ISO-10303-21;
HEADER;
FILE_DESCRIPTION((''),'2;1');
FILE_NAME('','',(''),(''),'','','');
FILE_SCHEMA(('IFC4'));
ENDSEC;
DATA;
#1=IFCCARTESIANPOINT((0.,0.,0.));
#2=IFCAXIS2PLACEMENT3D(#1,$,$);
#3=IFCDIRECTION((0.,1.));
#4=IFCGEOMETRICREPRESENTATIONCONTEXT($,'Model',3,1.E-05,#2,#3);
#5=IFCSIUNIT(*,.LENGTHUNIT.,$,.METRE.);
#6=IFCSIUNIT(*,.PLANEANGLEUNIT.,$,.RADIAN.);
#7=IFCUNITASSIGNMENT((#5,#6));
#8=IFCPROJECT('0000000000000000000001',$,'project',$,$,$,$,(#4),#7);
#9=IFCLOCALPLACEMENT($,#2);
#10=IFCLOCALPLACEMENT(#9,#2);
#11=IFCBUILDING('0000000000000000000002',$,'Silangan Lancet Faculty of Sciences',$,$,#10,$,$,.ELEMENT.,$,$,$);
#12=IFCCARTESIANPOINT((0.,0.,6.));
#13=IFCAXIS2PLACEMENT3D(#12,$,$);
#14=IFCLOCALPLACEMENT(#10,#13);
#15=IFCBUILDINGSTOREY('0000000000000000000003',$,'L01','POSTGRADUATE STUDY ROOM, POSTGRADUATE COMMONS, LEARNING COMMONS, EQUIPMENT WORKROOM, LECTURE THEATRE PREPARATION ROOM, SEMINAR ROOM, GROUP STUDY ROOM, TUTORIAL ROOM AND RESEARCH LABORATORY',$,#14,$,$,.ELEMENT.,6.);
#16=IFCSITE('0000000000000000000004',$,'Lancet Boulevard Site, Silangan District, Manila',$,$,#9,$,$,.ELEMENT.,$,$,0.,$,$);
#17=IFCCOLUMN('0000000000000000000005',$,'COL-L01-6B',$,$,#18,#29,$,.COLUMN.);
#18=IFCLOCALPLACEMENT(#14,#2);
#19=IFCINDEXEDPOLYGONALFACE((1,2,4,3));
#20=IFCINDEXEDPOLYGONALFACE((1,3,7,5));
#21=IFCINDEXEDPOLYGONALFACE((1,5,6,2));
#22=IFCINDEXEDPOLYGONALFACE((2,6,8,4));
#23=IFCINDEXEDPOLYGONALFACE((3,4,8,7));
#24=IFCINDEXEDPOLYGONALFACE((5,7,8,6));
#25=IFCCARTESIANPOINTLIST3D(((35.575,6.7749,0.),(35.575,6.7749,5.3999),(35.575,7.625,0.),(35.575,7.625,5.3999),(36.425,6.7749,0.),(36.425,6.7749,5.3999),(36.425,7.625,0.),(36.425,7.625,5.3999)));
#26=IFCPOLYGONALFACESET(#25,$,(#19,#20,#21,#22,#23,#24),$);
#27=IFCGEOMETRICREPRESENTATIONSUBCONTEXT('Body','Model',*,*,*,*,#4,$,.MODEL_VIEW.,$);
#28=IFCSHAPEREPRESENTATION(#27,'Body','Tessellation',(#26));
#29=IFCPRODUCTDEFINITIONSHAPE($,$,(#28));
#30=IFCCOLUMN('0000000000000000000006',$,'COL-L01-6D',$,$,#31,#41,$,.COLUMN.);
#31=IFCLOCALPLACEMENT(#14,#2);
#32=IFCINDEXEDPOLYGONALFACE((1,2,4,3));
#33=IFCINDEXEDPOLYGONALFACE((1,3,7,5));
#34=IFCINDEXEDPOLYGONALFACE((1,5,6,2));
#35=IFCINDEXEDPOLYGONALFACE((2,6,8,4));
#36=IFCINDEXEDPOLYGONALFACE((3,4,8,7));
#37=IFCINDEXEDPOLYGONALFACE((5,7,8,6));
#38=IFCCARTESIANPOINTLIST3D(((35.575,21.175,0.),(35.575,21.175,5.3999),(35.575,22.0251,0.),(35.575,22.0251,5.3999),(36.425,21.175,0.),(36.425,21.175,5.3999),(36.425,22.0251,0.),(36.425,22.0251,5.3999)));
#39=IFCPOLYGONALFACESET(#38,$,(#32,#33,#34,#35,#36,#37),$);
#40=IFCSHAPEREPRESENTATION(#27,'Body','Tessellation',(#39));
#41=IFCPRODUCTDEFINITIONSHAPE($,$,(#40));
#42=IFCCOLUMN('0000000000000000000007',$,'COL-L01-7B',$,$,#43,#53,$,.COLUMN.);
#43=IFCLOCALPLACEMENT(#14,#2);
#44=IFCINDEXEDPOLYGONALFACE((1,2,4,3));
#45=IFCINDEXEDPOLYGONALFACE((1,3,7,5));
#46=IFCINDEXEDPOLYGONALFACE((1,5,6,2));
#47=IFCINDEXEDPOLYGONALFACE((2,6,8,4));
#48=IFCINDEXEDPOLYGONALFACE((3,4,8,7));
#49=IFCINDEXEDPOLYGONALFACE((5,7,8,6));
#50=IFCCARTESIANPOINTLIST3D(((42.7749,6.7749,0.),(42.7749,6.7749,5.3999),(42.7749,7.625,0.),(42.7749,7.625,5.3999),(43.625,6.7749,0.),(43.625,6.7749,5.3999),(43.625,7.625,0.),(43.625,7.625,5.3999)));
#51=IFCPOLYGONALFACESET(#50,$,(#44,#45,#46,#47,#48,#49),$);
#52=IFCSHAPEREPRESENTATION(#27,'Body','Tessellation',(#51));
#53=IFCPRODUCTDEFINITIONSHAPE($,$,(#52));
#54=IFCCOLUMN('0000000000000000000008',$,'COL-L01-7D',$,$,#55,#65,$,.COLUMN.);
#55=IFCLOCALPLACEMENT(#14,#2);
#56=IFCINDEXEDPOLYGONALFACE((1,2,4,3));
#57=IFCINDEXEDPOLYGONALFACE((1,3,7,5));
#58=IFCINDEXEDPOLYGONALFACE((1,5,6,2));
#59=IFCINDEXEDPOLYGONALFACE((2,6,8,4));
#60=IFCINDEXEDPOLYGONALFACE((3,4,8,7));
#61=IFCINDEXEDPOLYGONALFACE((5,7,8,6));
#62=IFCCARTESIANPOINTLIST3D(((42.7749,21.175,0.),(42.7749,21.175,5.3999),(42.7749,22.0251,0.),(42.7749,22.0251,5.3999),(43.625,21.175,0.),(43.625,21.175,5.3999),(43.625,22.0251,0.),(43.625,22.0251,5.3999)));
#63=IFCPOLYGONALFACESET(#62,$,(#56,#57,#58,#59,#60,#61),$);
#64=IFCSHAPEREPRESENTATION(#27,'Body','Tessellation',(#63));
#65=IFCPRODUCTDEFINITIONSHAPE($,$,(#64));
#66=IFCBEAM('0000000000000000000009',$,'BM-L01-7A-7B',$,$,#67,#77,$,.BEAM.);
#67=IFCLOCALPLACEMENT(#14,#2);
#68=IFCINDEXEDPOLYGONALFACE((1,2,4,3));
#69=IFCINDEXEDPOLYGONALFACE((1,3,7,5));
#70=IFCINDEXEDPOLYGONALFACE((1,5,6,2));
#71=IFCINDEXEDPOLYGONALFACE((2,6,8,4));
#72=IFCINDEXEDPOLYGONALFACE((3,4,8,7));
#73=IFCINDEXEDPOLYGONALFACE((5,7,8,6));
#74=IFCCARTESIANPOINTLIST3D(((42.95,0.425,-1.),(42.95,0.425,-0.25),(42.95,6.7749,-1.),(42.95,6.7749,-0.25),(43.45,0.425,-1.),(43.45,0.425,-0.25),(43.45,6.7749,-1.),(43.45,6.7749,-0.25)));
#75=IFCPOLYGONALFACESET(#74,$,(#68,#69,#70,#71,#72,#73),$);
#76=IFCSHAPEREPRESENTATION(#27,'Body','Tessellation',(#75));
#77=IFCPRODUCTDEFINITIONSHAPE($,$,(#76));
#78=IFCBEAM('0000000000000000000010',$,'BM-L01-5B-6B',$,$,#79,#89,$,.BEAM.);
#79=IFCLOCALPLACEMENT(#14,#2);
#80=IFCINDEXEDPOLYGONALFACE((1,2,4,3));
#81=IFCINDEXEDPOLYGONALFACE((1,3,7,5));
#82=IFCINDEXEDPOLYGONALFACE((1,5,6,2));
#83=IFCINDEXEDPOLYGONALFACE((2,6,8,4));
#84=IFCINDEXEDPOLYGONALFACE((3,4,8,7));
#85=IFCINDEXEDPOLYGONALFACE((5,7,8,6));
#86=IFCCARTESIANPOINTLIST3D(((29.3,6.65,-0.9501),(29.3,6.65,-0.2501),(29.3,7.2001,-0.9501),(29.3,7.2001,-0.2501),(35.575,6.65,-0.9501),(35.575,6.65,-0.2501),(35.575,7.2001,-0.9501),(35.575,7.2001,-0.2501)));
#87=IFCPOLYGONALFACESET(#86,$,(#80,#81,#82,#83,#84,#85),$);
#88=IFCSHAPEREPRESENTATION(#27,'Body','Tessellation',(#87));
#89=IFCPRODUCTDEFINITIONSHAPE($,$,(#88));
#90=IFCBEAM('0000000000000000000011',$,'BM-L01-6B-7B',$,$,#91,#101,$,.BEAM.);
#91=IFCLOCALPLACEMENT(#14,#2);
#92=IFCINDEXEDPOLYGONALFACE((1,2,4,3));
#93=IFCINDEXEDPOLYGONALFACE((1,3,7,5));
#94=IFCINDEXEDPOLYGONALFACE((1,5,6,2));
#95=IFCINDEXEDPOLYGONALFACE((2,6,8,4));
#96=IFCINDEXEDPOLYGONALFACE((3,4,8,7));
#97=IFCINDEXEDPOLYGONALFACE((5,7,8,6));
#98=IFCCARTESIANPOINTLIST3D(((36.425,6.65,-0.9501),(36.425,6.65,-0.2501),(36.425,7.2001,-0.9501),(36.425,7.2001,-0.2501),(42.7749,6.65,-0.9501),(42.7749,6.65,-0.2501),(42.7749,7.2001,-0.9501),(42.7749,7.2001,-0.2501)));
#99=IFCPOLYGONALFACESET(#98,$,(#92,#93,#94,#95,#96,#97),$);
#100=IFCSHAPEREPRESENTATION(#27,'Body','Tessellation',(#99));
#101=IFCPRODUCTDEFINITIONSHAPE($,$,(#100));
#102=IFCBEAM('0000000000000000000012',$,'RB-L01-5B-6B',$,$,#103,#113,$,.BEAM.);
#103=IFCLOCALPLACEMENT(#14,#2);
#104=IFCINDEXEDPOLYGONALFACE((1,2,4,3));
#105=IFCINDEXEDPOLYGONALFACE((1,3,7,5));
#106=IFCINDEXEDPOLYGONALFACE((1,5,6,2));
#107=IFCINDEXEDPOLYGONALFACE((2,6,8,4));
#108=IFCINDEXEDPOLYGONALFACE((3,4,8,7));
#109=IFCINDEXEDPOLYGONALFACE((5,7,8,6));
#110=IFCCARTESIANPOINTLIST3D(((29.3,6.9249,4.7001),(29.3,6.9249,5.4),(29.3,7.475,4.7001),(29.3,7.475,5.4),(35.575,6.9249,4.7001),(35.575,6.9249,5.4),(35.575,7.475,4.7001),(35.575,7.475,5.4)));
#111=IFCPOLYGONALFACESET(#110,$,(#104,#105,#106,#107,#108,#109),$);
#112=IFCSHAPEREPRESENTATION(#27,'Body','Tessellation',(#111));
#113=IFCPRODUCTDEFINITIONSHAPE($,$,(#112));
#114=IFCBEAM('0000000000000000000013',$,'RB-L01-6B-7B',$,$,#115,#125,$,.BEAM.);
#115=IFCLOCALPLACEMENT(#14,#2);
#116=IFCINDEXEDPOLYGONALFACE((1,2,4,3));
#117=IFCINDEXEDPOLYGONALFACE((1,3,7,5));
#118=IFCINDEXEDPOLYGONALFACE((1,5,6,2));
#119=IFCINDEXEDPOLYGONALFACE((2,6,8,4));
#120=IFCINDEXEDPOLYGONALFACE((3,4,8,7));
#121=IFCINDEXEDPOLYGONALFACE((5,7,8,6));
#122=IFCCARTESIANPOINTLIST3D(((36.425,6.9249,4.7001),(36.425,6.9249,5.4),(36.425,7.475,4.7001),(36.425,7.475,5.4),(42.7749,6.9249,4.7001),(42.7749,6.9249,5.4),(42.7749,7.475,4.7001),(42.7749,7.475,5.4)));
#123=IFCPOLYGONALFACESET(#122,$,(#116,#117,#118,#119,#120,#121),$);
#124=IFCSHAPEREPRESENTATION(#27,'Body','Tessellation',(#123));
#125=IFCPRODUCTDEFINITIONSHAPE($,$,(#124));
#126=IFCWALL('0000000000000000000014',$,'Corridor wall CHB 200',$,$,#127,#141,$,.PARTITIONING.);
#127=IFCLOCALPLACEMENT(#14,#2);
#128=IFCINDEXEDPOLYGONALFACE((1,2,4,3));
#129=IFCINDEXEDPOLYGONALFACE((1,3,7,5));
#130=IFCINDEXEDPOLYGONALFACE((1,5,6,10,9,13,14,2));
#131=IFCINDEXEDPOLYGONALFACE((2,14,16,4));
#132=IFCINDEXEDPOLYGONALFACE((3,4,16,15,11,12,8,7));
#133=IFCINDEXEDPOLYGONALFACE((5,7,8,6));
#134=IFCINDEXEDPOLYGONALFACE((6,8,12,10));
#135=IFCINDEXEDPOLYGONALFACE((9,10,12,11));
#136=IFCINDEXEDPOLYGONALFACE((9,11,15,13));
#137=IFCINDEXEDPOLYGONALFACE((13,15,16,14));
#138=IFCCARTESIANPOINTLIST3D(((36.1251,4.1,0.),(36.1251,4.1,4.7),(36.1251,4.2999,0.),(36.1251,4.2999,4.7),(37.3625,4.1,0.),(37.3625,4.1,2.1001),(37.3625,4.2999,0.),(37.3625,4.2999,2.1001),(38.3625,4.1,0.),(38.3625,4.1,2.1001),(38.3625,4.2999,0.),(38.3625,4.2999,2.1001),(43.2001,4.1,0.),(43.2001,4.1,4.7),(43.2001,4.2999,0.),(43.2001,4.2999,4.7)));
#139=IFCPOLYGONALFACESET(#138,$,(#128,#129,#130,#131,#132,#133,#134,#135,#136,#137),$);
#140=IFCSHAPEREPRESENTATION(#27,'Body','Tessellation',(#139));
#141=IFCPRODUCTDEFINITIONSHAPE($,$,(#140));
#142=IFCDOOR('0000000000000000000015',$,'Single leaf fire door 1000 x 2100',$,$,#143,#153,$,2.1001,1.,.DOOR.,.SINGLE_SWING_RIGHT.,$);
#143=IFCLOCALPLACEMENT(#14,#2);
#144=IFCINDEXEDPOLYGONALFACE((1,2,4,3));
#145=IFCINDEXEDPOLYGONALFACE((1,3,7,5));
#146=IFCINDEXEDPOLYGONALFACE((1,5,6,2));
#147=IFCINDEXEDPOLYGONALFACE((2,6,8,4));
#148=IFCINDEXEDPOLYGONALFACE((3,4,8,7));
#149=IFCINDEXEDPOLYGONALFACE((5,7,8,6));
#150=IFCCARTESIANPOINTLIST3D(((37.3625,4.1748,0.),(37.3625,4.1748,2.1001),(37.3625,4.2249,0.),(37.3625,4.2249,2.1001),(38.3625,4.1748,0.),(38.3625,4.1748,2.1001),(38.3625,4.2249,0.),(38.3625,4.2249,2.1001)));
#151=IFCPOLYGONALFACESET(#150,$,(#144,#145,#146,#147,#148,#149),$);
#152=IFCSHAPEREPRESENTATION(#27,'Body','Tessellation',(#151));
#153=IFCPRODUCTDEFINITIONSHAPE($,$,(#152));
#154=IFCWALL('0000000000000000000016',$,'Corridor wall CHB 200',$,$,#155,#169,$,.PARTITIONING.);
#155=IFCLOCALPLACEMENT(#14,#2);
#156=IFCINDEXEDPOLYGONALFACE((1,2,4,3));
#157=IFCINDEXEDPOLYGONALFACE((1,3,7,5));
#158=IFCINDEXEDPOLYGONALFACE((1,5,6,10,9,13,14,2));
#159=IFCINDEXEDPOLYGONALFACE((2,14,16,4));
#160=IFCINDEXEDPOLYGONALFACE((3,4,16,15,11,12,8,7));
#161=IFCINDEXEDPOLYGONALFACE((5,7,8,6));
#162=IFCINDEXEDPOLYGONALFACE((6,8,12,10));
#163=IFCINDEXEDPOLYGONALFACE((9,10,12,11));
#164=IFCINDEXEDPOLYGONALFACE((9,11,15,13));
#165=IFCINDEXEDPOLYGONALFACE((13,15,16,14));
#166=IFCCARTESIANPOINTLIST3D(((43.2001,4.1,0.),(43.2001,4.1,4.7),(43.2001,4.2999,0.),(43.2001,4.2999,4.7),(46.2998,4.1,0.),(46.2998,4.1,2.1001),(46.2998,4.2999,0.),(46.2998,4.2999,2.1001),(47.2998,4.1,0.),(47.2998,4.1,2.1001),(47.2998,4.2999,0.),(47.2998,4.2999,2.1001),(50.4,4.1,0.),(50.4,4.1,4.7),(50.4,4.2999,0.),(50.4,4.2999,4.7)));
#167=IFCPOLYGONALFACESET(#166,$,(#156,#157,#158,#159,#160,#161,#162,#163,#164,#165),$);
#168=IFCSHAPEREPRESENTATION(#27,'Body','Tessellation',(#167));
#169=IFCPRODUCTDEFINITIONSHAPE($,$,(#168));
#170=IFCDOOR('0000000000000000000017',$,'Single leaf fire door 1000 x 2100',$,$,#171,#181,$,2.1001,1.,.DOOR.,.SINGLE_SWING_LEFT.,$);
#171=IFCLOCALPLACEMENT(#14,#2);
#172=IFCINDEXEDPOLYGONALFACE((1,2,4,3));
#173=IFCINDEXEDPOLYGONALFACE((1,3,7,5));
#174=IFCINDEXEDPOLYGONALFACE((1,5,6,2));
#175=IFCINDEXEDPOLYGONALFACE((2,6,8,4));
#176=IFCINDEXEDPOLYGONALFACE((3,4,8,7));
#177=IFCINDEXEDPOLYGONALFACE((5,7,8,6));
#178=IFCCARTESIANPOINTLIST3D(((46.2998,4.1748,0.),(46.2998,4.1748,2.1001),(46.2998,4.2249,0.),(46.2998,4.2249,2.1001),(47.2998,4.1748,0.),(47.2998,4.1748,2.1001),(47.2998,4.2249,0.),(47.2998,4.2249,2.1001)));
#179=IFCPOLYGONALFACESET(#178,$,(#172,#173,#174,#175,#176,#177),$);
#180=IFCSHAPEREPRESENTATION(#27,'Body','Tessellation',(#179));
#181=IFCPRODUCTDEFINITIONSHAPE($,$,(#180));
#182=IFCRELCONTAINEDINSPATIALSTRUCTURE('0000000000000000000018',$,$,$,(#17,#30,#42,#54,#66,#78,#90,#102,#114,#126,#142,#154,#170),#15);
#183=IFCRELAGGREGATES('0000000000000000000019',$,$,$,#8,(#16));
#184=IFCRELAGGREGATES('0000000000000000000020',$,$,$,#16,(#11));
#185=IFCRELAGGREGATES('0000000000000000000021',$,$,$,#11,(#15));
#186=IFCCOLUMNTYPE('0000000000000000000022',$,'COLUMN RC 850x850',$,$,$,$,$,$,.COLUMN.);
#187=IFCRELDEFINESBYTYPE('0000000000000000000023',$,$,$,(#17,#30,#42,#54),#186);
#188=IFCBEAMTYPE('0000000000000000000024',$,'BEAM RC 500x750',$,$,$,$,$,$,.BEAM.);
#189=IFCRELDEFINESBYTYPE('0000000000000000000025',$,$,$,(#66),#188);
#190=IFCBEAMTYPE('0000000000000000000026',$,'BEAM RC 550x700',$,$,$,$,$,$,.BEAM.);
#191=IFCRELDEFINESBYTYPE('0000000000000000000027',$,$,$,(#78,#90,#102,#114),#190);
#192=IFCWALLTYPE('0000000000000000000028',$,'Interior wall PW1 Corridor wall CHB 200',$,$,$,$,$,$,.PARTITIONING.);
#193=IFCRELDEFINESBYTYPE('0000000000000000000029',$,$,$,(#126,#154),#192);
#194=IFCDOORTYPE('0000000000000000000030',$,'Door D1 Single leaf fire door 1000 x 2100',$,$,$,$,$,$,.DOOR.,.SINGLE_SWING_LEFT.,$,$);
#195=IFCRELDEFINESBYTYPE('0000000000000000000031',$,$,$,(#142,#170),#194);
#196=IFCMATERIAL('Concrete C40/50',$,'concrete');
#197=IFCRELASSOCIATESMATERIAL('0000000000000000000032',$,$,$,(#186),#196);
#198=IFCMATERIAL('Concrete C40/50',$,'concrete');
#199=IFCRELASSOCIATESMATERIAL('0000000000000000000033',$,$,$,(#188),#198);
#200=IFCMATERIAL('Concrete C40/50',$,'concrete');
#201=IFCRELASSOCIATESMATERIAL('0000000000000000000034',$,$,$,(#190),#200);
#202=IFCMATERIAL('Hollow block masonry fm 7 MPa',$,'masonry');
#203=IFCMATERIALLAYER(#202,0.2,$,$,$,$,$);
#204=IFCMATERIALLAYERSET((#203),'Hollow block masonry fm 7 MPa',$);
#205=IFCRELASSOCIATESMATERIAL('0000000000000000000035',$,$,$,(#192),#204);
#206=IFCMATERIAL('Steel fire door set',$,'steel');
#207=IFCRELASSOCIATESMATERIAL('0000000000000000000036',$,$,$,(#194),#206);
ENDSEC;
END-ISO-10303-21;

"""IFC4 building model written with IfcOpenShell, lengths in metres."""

from ifc_helpers import new_model, si_unit, direction, frame, frame_2d, origin, origin_2d, place, context, subcontext, project, spatial, rectangle, extrude, material, layer, layer_set, material_profile, profile_set, type_object, element, fill, save


model = new_model("IFC4")

# Units and contexts
model_context = context("Model", 3, precision=1e-05, world=origin(), true_north=direction((0.0, 1.0)))
body_context = subcontext(model_context, "Body", "Model", "MODEL_VIEW")
ifc_project = project(units=[si_unit("LENGTHUNIT", "METRE"), si_unit("PLANEANGLEUNIT", "RADIAN")], contexts=[model_context])

# Site, building, storey
site_placement = place(None, origin())
site = spatial("IfcSite", under=ifc_project, at=site_placement, Name="Lancet Boulevard Site, Silangan District, Manila", CompositionType="ELEMENT", RefElevation=0.0)
building_placement = place(site_placement, origin())
building = spatial("IfcBuilding", under=site, at=building_placement, Name="Silangan Lancet Faculty of Sciences", CompositionType="ELEMENT")
storey_placement = place(building_placement, frame((0.0, 0.0, 6.0)))
storey = spatial("IfcBuildingStorey", under=building, at=storey_placement, Name="L01", Description="POSTGRADUATE STUDY ROOM, POSTGRADUATE COMMONS, LEARNING COMMONS, EQUIPMENT WORKROOM, LECTURE THEATRE PREPARATION ROOM, SEMINAR ROOM, GROUP STUDY ROOM, TUTORIAL ROOM AND RESEARCH LABORATORY", CompositionType="ELEMENT", Elevation=6.0)

# Columns
ifc_material_1 = material(Name="Concrete C40/50", Category="concrete")
ifc_material_profile_1 = material_profile(ifc_material_1, rectangle(XDim=0.8501, YDim=0.8501, at=origin_2d()), Name="RC 850x850")
ifc_profile_set_1 = profile_set([ifc_material_profile_1], Name="Concrete C40/50")
column_type = type_object("IfcColumnType", Name="COLUMN RC 850x850", PredefinedType="COLUMN", material=ifc_profile_set_1)
for number, where, z_axis, x_axis, name in (
    (1, (36.0, 7.2, 0.0), (0.0, 0.0, 1.0), (1.0, 0.0, 0.0), "COL-L01-6B"),
    (2, (36.0, 21.6001, 0.0), (0.0, 0.0, 1.0), (1.0, 0.0, 0.0), "COL-L01-6D"),
    (3, (43.2, 7.2, 0.0), (0.0, 0.0, 1.0), (1.0, 0.0, 0.0), "COL-L01-7B"),
    (4, (43.2, 21.6001, 0.0), (0.0, 0.0, 1.0), (1.0, 0.0, 0.0), "COL-L01-7D"),
):
    element("IfcColumn", number, at=place(storey_placement, frame(where, z_axis=z_axis, x_axis=x_axis)), inside=storey, type_object=column_type, Name=name, PredefinedType="COLUMN", context=body_context, shape_type="SweptSolid", body=[
        extrude(rectangle(XDim=0.8501, YDim=0.8501, at=origin_2d()), origin(), (0.0, 0.0, 1.0), 5.3999),
    ])

# Beams
ifc_material_2 = material(Name="Concrete C40/50", Category="concrete")
ifc_material_profile_2 = material_profile(ifc_material_2, rectangle(XDim=0.5, YDim=0.75, at=origin_2d()), Name="RC 500x750")
ifc_profile_set_2 = profile_set([ifc_material_profile_2], Name="Concrete C40/50")
beam_type_1 = type_object("IfcBeamType", Name="BEAM RC 500x750", PredefinedType="BEAM", material=ifc_profile_set_2)
beam_1_placement = place(storey_placement, frame((43.2, 0.425, -0.625), z_axis=(0.0, 1.0, 0.0), x_axis=(-1.0, 0.0, 0.0)))
element("IfcBeam", 5, at=beam_1_placement, inside=storey, type_object=beam_type_1, Name="BM-L01-7A-7B", PredefinedType="BEAM", context=body_context, shape_type="SweptSolid", body=[
    extrude(rectangle(XDim=0.5, YDim=0.75, at=origin_2d()), origin(), (0.0, 0.0, 1.0), 6.3499),
])
ifc_material_3 = material(Name="Concrete C40/50", Category="concrete")
ifc_material_profile_3 = material_profile(ifc_material_3, rectangle(XDim=0.55, YDim=0.7, at=origin_2d()), Name="RC 550x700")
ifc_profile_set_3 = profile_set([ifc_material_profile_3], Name="Concrete C40/50")
beam_type_2 = type_object("IfcBeamType", Name="BEAM RC 550x700", PredefinedType="BEAM", material=ifc_profile_set_3)
beam_2_placement = place(storey_placement, frame((29.3, 6.925, -0.6001), z_axis=(1.0, 0.0, 0.0), x_axis=(0.0, 1.0, 0.0)))
element("IfcBeam", 6, at=beam_2_placement, inside=storey, type_object=beam_type_2, Name="BM-L01-5B-6B", PredefinedType="BEAM", context=body_context, shape_type="SweptSolid", body=[
    extrude(rectangle(XDim=0.55, YDim=0.7, at=origin_2d()), origin(), (0.0, 0.0, 1.0), 6.2749),
])
beam_3_placement = place(storey_placement, frame((36.425, 6.925, -0.6001), z_axis=(1.0, 0.0, 0.0), x_axis=(0.0, 1.0, 0.0)))
element("IfcBeam", 7, at=beam_3_placement, inside=storey, type_object=beam_type_2, Name="BM-L01-6B-7B", PredefinedType="BEAM", context=body_context, shape_type="SweptSolid", body=[
    extrude(rectangle(XDim=0.55, YDim=0.7, at=origin_2d()), origin(), (0.0, 0.0, 1.0), 6.3499),
])
beam_4_placement = place(storey_placement, frame((29.3, 7.2, 5.05), z_axis=(1.0, 0.0, 0.0), x_axis=(0.0, 1.0, 0.0)))
element("IfcBeam", 8, at=beam_4_placement, inside=storey, type_object=beam_type_2, Name="RB-L01-5B-6B", PredefinedType="BEAM", context=body_context, shape_type="SweptSolid", body=[
    extrude(rectangle(XDim=0.55, YDim=0.7, at=origin_2d()), origin(), (0.0, 0.0, 1.0), 6.2749),
])
beam_5_placement = place(storey_placement, frame((36.425, 7.2, 5.05), z_axis=(1.0, 0.0, 0.0), x_axis=(0.0, 1.0, 0.0)))
element("IfcBeam", 9, at=beam_5_placement, inside=storey, type_object=beam_type_2, Name="RB-L01-6B-7B", PredefinedType="BEAM", context=body_context, shape_type="SweptSolid", body=[
    extrude(rectangle(XDim=0.55, YDim=0.7, at=origin_2d()), origin(), (0.0, 0.0, 1.0), 6.3499),
])

# Walls, openings, doors
ifc_material_4 = material(Name="Hollow block masonry fm 7 MPa", Category="masonry")
ifc_layer_1 = layer(ifc_material_4, 0.2)
ifc_layer_set_1 = layer_set([ifc_layer_1], Name="Hollow block masonry fm 7 MPa")
wall_type_1 = type_object("IfcWallType", Name="Interior wall PW1 Corridor wall CHB 200", PredefinedType="PARTITIONING", material=ifc_layer_set_1)
wall_1_placement = place(storey_placement, frame((36.125, 4.2, 0.0), z_axis=(0.0, 0.0, 1.0), x_axis=(1.0, 0.0, 0.0)))
wall_1 = element("IfcWall", 10, at=wall_1_placement, inside=storey, type_object=wall_type_1, Name="Corridor wall CHB 200", PredefinedType="PARTITIONING", context=body_context, shape_type="SweptSolid", body=[
    extrude(rectangle(XDim=7.075, YDim=0.2, at=frame_2d((3.5376, 0.0))), origin(), (0.0, 0.0, 1.0), 4.7),
])
opening_1_placement = place(wall_1_placement, frame((1.2375, 0.0, 0.0)))
opening_1 = element("IfcOpeningElement", 11, at=opening_1_placement, cuts=wall_1, PredefinedType="OPENING", context=body_context, shape_type="SweptSolid", body=[
    extrude(rectangle(XDim=1.0, YDim=2.1001, at=frame_2d((0.5, 1.05))), frame((0.0, 0.1099, 0.0), z_axis=(0.0, -1.0, 0.0), x_axis=(1.0, 0.0, 0.0)), (0.0, 0.0, 1.0), 0.22),
])
ifc_material_5 = material(Name="Steel fire door set", Category="steel")
door_type_1 = type_object("IfcDoorType", Name="Door D1 Single leaf fire door 1000 x 2100", OperationType="SINGLE_SWING_LEFT", PredefinedType="DOOR", material=ifc_material_5)
door_1_placement = place(opening_1_placement, frame((1.0, 0.0, 0.0), z_axis=(0.0, 0.0, 1.0), x_axis=(-1.0, 0.0, 0.0)))
door_1 = element("IfcDoor", 12, at=door_1_placement, inside=storey, type_object=door_type_1, Name="Single leaf fire door 1000 x 2100", OperationType="SINGLE_SWING_RIGHT", OverallHeight=2.1001, OverallWidth=1.0, PredefinedType="DOOR", context=body_context, shape_type="SweptSolid", body=[
    extrude(rectangle(XDim=1.0, YDim=2.1001, at=frame_2d((0.5, 1.05))), frame((0.0, 0.0251, 0.0), z_axis=(0.0, -1.0, 0.0), x_axis=(1.0, 0.0, 0.0)), (0.0, 0.0, 1.0), 0.05),
])
fill(opening_1, door_1)
wall_2_placement = place(storey_placement, frame((43.2, 4.2, 0.0), z_axis=(0.0, 0.0, 1.0), x_axis=(1.0, 0.0, 0.0)))
wall_2 = element("IfcWall", 13, at=wall_2_placement, inside=storey, type_object=wall_type_1, Name="Corridor wall CHB 200", PredefinedType="PARTITIONING", context=body_context, shape_type="SweptSolid", body=[
    extrude(rectangle(XDim=7.2, YDim=0.2, at=frame_2d((3.6001, 0.0))), origin(), (0.0, 0.0, 1.0), 4.7),
])
opening_2_placement = place(wall_2_placement, frame((3.0999, 0.0, 0.0)))
opening_2 = element("IfcOpeningElement", 14, at=opening_2_placement, cuts=wall_2, PredefinedType="OPENING", context=body_context, shape_type="SweptSolid", body=[
    extrude(rectangle(XDim=1.0, YDim=2.1001, at=frame_2d((0.5, 1.05))), frame((0.0, 0.1099, 0.0), z_axis=(0.0, -1.0, 0.0), x_axis=(1.0, 0.0, 0.0)), (0.0, 0.0, 1.0), 0.22),
])
door_2_placement = place(opening_2_placement, frame((1.0, 0.0, 0.0), z_axis=(0.0, 0.0, 1.0), x_axis=(-1.0, 0.0, 0.0)))
door_2 = element("IfcDoor", 15, at=door_2_placement, inside=storey, type_object=door_type_1, Name="Single leaf fire door 1000 x 2100", OperationType="SINGLE_SWING_LEFT", OverallHeight=2.1001, OverallWidth=1.0, PredefinedType="DOOR", context=body_context, shape_type="SweptSolid", body=[
    extrude(rectangle(XDim=1.0, YDim=2.1001, at=frame_2d((0.5, 1.05))), frame((0.0, 0.0251, 0.0), z_axis=(0.0, -1.0, 0.0), x_axis=(1.0, 0.0, 0.0)), (0.0, 0.0, 1.0), 0.05),
])
fill(opening_2, door_2)

save(model, "model.ifc")
